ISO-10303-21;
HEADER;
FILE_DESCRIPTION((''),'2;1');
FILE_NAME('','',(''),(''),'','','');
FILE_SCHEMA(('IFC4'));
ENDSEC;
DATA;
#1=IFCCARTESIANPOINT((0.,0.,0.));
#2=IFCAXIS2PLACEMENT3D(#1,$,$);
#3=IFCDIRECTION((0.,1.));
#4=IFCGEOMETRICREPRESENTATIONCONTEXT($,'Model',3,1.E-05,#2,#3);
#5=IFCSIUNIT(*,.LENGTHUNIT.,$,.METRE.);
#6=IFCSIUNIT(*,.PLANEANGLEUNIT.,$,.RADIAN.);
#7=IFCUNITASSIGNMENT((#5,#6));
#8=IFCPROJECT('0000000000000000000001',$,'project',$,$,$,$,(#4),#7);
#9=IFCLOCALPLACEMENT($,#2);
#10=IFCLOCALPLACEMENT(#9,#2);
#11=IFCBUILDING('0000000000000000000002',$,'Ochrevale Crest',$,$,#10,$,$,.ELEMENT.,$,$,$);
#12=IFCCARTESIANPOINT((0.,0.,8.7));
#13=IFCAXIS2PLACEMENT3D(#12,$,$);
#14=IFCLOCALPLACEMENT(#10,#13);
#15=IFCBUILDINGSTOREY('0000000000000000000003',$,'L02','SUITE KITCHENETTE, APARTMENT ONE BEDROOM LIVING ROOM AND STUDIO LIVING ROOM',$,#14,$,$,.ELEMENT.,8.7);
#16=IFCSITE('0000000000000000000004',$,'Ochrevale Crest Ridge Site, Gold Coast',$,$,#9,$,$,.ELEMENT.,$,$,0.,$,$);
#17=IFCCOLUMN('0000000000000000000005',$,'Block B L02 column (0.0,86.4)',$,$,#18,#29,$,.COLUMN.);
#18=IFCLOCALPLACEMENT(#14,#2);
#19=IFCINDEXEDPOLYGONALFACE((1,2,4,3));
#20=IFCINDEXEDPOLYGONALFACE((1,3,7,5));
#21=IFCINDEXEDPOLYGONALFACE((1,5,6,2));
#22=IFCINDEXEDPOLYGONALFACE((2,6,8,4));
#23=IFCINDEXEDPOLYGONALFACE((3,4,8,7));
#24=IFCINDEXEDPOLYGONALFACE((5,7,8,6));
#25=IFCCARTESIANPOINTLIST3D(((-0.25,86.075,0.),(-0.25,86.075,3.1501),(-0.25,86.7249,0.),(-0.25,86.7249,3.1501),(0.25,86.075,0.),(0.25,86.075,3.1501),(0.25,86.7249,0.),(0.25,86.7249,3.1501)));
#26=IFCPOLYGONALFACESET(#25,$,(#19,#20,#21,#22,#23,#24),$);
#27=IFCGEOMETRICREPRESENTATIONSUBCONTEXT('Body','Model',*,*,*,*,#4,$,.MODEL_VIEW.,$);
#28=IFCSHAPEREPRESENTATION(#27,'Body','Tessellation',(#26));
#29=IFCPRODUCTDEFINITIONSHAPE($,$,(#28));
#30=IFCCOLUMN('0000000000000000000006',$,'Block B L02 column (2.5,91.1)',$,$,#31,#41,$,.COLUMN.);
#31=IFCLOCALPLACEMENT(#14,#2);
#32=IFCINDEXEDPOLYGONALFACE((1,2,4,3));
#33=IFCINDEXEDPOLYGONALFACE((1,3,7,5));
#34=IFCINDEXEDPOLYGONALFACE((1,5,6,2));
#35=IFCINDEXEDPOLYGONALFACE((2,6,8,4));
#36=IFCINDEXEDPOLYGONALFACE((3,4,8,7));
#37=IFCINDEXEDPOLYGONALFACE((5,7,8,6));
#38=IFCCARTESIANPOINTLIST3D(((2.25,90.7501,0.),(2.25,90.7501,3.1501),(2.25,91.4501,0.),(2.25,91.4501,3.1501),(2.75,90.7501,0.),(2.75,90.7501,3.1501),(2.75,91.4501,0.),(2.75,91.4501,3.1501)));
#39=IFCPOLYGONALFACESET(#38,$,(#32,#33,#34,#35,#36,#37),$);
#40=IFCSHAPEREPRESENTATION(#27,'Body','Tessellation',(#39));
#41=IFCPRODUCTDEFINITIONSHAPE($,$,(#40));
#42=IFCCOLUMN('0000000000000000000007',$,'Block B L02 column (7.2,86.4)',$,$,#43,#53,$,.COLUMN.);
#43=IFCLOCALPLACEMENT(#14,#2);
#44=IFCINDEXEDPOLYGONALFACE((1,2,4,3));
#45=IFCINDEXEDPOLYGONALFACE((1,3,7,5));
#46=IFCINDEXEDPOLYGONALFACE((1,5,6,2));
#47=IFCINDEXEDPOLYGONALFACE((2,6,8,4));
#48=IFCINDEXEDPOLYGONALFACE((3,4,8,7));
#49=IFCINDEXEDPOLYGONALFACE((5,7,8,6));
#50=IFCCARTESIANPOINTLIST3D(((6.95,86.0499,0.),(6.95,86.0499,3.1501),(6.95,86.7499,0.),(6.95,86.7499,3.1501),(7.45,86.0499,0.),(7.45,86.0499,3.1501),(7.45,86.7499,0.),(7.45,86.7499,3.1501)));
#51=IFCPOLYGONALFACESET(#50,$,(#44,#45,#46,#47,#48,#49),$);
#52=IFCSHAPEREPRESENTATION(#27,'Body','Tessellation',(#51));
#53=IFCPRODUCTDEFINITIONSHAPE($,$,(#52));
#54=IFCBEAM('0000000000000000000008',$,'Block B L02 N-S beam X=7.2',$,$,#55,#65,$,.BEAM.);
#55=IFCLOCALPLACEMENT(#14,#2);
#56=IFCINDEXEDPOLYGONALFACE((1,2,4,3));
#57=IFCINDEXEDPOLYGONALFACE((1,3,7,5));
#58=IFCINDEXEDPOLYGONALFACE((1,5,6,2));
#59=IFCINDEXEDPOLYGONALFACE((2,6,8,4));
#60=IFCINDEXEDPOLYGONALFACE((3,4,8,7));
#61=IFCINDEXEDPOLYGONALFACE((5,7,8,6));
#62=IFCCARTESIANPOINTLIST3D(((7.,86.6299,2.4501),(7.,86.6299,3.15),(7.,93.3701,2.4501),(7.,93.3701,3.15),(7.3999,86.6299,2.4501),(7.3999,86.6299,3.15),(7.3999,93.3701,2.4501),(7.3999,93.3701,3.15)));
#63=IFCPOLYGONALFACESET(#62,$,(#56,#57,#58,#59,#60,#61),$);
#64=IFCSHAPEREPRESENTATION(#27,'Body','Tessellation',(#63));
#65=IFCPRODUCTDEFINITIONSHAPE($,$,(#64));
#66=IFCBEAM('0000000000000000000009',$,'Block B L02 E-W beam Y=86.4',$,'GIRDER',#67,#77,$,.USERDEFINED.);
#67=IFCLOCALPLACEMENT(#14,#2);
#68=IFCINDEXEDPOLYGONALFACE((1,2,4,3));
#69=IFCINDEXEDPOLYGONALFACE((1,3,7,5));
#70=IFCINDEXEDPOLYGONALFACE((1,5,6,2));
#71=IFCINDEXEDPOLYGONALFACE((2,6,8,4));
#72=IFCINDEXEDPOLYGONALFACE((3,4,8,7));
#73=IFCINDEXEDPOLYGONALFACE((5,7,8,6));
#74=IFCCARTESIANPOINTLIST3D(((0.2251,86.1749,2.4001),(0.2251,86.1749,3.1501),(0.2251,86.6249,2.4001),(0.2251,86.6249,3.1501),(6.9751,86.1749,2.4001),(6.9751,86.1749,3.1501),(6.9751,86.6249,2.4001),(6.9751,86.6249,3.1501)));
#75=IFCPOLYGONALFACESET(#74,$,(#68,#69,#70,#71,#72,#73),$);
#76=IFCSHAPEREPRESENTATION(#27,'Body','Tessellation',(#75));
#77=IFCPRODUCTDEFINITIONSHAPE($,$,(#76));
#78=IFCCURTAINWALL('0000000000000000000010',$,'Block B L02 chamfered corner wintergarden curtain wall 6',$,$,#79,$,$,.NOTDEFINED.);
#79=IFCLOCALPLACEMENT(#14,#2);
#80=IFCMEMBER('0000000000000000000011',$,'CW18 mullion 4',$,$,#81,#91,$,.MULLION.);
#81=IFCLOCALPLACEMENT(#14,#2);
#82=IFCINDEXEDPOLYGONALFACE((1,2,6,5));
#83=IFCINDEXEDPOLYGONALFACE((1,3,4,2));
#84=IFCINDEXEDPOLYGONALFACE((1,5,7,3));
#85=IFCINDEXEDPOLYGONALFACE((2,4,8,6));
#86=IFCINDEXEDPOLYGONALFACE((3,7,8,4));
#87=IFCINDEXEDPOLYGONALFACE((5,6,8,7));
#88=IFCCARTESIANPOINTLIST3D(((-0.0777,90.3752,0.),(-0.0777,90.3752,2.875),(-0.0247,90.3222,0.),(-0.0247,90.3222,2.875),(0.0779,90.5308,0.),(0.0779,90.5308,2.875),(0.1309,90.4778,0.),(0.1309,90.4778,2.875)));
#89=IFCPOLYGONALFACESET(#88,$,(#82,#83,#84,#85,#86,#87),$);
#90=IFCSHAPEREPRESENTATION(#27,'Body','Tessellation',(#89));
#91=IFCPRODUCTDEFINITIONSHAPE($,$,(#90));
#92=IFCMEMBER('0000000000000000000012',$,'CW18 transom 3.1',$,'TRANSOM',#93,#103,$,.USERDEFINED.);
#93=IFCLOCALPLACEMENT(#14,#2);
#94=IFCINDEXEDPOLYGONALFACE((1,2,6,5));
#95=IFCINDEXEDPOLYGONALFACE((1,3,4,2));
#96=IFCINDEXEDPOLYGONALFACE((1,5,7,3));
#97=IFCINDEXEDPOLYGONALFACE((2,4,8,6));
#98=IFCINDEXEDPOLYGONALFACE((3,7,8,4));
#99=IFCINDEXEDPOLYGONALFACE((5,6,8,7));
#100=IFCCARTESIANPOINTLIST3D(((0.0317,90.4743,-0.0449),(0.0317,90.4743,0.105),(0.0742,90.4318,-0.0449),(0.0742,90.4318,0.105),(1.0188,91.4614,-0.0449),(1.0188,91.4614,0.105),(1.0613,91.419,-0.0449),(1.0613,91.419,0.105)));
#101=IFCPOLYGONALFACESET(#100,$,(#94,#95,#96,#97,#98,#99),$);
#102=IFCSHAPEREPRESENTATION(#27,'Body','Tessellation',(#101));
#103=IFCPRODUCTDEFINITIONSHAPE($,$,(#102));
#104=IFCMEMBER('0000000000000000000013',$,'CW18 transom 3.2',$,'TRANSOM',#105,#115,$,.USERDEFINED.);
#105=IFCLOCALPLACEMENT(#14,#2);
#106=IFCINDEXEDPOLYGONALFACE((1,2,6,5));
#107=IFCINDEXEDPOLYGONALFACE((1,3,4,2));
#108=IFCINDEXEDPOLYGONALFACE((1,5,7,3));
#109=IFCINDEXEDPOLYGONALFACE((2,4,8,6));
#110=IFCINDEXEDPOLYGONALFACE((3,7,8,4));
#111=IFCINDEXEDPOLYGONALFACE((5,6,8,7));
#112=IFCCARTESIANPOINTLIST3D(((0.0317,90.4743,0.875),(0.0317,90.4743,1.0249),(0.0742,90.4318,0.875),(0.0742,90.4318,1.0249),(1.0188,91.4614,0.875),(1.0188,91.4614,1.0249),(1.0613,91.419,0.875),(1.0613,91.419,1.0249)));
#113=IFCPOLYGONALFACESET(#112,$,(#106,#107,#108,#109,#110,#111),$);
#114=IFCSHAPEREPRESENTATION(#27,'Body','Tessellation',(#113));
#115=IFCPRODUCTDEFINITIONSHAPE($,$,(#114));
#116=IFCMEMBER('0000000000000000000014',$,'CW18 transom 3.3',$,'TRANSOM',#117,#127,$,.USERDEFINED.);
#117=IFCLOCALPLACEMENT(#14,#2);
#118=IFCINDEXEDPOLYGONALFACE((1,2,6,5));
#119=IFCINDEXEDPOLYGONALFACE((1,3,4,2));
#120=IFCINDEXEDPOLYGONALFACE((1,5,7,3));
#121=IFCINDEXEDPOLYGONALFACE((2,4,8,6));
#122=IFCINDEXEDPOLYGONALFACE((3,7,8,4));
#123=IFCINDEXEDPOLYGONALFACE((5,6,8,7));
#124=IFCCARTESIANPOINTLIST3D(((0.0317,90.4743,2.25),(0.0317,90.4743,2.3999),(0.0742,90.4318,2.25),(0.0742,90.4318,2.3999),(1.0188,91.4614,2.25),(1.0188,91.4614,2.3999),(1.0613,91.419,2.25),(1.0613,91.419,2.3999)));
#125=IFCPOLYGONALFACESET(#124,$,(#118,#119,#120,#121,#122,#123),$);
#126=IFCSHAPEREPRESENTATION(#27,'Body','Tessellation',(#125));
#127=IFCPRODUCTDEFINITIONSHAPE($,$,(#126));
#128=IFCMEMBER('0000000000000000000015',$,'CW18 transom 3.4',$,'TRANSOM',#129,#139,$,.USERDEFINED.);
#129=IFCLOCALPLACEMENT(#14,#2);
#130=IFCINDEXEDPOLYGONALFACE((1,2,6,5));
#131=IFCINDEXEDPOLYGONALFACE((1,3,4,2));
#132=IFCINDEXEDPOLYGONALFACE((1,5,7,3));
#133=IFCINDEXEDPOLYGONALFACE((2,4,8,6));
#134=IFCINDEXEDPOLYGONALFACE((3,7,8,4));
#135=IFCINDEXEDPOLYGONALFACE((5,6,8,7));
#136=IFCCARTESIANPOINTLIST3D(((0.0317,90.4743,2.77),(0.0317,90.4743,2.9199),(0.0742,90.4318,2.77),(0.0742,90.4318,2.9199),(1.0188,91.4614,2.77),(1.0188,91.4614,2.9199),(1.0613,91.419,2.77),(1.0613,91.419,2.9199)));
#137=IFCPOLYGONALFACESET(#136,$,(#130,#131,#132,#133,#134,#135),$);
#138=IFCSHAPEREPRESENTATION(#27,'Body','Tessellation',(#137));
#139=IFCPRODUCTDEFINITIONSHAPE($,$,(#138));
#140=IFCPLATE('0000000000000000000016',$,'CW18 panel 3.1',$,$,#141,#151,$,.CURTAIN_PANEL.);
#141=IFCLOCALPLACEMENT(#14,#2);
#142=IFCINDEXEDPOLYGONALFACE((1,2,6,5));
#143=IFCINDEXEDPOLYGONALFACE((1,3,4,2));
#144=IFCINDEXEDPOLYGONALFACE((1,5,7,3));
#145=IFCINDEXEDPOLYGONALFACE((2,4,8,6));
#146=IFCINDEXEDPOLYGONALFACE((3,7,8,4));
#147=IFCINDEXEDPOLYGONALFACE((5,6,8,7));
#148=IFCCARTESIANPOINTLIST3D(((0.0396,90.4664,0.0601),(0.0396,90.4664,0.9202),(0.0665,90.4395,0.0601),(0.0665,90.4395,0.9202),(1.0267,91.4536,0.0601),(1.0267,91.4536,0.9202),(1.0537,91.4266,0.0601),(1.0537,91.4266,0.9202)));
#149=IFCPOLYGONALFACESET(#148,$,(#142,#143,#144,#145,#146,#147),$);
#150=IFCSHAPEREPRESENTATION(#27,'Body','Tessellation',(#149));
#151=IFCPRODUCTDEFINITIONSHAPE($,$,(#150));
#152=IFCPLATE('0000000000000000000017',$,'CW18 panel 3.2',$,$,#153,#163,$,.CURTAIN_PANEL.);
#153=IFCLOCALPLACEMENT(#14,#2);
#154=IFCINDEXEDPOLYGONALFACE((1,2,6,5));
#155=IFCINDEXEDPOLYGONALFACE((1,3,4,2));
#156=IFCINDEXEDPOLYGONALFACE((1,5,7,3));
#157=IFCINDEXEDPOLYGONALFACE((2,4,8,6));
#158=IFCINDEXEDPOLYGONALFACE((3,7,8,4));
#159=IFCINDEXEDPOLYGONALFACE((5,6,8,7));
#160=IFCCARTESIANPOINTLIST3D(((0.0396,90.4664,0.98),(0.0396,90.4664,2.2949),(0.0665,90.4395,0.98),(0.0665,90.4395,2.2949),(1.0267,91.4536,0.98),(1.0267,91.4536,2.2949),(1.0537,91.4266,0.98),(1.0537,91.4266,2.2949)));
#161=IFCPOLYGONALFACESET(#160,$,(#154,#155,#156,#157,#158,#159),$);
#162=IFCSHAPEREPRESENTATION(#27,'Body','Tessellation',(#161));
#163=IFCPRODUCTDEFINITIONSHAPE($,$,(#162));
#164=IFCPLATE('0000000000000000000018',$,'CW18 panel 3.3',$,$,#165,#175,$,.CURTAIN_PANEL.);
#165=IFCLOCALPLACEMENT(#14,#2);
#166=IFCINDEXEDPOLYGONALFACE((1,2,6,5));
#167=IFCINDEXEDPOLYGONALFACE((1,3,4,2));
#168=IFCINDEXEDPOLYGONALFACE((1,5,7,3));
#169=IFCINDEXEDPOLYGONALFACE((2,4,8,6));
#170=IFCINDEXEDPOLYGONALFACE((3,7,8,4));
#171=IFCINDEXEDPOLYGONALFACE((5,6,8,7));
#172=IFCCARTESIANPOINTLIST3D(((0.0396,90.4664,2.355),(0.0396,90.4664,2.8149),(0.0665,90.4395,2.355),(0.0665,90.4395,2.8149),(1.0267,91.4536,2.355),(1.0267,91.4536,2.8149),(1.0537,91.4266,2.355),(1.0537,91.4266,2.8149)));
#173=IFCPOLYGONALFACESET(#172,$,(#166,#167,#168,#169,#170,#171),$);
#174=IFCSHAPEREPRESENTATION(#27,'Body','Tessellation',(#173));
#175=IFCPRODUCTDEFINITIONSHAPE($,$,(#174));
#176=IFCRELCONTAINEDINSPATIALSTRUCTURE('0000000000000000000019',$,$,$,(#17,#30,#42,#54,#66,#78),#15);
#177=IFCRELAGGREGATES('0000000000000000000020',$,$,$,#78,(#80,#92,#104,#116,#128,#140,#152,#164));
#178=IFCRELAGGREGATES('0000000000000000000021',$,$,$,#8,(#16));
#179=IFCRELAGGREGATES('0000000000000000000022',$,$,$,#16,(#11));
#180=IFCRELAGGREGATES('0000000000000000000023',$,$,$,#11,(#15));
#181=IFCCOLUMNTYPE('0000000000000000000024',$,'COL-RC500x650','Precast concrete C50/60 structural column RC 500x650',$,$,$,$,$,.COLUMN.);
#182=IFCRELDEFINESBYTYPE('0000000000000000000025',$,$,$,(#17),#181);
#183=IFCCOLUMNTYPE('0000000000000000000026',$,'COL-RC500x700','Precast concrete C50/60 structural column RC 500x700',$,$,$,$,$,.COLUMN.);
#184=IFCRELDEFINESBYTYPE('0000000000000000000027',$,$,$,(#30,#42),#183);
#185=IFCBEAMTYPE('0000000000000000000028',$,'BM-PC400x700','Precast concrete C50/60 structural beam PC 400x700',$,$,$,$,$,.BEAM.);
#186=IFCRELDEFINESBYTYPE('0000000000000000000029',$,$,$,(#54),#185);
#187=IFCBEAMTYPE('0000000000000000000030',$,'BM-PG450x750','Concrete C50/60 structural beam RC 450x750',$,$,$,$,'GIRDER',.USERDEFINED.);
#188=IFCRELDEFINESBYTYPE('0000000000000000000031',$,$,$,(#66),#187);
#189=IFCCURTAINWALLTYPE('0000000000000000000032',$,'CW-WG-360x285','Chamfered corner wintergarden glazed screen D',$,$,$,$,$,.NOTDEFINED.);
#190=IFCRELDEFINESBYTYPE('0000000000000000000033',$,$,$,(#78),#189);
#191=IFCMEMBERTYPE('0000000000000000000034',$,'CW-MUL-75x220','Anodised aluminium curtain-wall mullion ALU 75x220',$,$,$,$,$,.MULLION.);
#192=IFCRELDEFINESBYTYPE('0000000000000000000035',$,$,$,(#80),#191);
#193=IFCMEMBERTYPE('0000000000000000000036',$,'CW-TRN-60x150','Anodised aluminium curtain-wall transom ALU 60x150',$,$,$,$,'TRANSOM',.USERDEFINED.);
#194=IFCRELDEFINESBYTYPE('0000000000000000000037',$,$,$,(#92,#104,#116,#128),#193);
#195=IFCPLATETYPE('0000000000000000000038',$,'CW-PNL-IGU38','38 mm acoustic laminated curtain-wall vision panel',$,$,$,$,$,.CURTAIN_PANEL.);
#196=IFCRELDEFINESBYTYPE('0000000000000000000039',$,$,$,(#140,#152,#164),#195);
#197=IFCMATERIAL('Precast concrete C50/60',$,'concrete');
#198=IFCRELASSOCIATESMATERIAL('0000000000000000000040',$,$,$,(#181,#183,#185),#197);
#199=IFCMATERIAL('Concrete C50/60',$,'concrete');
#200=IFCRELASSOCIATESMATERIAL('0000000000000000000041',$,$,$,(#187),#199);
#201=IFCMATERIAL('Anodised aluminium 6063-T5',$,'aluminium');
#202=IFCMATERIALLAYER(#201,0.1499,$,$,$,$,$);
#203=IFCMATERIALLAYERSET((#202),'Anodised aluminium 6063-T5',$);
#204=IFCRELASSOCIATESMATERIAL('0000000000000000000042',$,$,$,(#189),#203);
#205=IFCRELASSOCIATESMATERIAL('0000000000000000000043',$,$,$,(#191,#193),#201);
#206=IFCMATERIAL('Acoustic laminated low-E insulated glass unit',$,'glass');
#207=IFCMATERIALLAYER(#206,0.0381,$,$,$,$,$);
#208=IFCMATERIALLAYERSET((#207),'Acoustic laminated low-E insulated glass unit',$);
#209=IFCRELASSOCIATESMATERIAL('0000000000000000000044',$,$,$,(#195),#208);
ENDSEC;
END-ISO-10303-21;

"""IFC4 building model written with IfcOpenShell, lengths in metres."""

from ifc_helpers import new_model, si_unit, direction, frame, origin, origin_2d, place, context, subcontext, project, spatial, rectangle, extrude, material, layer, layer_set, material_profile, profile_set, type_object, element, aggregate, save


model = new_model("IFC4")

# Units and contexts
model_context = context("Model", 3, precision=1e-05, world=origin(), true_north=direction((0.0, 1.0)))
body_context = subcontext(model_context, "Body", "Model", "MODEL_VIEW")
ifc_project = project(units=[si_unit("LENGTHUNIT", "METRE"), si_unit("PLANEANGLEUNIT", "RADIAN")], contexts=[model_context])

# Site, building, storey
site_placement = place(None, origin())
site = spatial("IfcSite", under=ifc_project, at=site_placement, Name="Ochrevale Crest Ridge Site, Gold Coast", CompositionType="ELEMENT", RefElevation=0.0)
building_placement = place(site_placement, origin())
building = spatial("IfcBuilding", under=site, at=building_placement, Name="Ochrevale Crest", CompositionType="ELEMENT")
storey_placement = place(building_placement, frame((0.0, 0.0, 8.7)))
storey = spatial("IfcBuildingStorey", under=building, at=storey_placement, Name="L02", Description="SUITE KITCHENETTE, APARTMENT ONE BEDROOM LIVING ROOM AND STUDIO LIVING ROOM", CompositionType="ELEMENT", Elevation=8.7)

# Columns
ifc_material_1 = material(Name="Precast concrete C50/60", Category="concrete")
ifc_material_profile_1 = material_profile(ifc_material_1, rectangle(XDim=0.5, YDim=0.6499, at=origin_2d()), Name="RC 500x650")
ifc_profile_set_1 = profile_set([ifc_material_profile_1], Name="Precast concrete C50/60")
column_type_1 = type_object("IfcColumnType", Name="COL-RC500x650", Description="Precast concrete C50/60 structural column RC 500x650", PredefinedType="COLUMN", material=ifc_profile_set_1)
column_placement = place(storey_placement, frame((0.0, 86.3999, 0.0), z_axis=(0.0, 0.0, 1.0), x_axis=(1.0, 0.0, 0.0)))
element("IfcColumn", 1, at=column_placement, inside=storey, type_object=column_type_1, Name="Block B L02 column (0.0,86.4)", PredefinedType="COLUMN", context=body_context, shape_type="SweptSolid", body=[
    extrude(rectangle(XDim=0.5, YDim=0.6499, at=origin_2d()), origin(), (0.0, 0.0, 1.0), 3.1501),
])
ifc_material_profile_2 = material_profile(ifc_material_1, rectangle(XDim=0.5, YDim=0.7, at=origin_2d()), Name="RC 500x700")
ifc_profile_set_2 = profile_set([ifc_material_profile_2], Name="Precast concrete C50/60")
column_type_2 = type_object("IfcColumnType", Name="COL-RC500x700", Description="Precast concrete C50/60 structural column RC 500x700", PredefinedType="COLUMN", material=ifc_profile_set_2)
for number, where, z_axis, x_axis, name in (
    (2, (2.5, 91.1001, 0.0), (0.0, 0.0, 1.0), (1.0, 0.0, 0.0), "Block B L02 column (2.5,91.1)"),
    (3, (7.2, 86.3999, 0.0), (0.0, 0.0, 1.0), (1.0, 0.0, 0.0), "Block B L02 column (7.2,86.4)"),
):
    element("IfcColumn", number, at=place(storey_placement, frame(where, z_axis=z_axis, x_axis=x_axis)), inside=storey, type_object=column_type_2, Name=name, PredefinedType="COLUMN", context=body_context, shape_type="SweptSolid", body=[
        extrude(rectangle(XDim=0.5, YDim=0.7, at=origin_2d()), origin(), (0.0, 0.0, 1.0), 3.1501),
    ])

# Beams
ifc_material_profile_3 = material_profile(ifc_material_1, rectangle(XDim=0.3999, YDim=0.7, at=origin_2d()), Name="PC 400x700")
ifc_profile_set_3 = profile_set([ifc_material_profile_3], Name="Precast concrete C50/60")
beam_type_1 = type_object("IfcBeamType", Name="BM-PC400x700", Description="Precast concrete C50/60 structural beam PC 400x700", PredefinedType="BEAM", material=ifc_profile_set_3)
beam_1_placement = place(storey_placement, frame((7.2, 86.6299, 2.8), z_axis=(0.0, 1.0, 0.0), x_axis=(-1.0, 0.0, 0.0)))
element("IfcBeam", 4, at=beam_1_placement, inside=storey, type_object=beam_type_1, Name="Block B L02 N-S beam X=7.2", PredefinedType="BEAM", context=body_context, shape_type="SweptSolid", body=[
    extrude(rectangle(XDim=0.3999, YDim=0.7, at=origin_2d()), origin(), (0.0, 0.0, 1.0), 6.7402),
])
ifc_material_2 = material(Name="Concrete C50/60", Category="concrete")
ifc_material_profile_4 = material_profile(ifc_material_2, rectangle(XDim=0.45, YDim=0.75, at=origin_2d()), Name="RC 450x750")
ifc_profile_set_4 = profile_set([ifc_material_profile_4], Name="Concrete C50/60")
beam_type_2 = type_object("IfcBeamType", Name="BM-PG450x750", Description="Concrete C50/60 structural beam RC 450x750", ElementType="GIRDER", PredefinedType="USERDEFINED", material=ifc_profile_set_4)
beam_2_placement = place(storey_placement, frame((0.2251, 86.3999, 2.7751), z_axis=(1.0, 0.0, 0.0), x_axis=(0.0, 1.0, 0.0)))
element("IfcBeam", 5, at=beam_2_placement, inside=storey, type_object=beam_type_2, Name="Block B L02 E-W beam Y=86.4", ObjectType="GIRDER", PredefinedType="USERDEFINED", context=body_context, shape_type="SweptSolid", body=[
    extrude(rectangle(XDim=0.45, YDim=0.75, at=origin_2d()), origin(), (0.0, 0.0, 1.0), 6.75),
])

# Curtain wall, members, plates
ifc_material_3 = material(Name="Anodised aluminium 6063-T5", Category="aluminium")
ifc_layer_1 = layer(ifc_material_3, 0.1499)
ifc_layer_set_1 = layer_set([ifc_layer_1], Name="Anodised aluminium 6063-T5")
curtain_wall_type = type_object("IfcCurtainWallType", Name="CW-WG-360x285", Description="Chamfered corner wintergarden glazed screen D", PredefinedType="NOTDEFINED", material=ifc_layer_set_1)
curtain_wall_placement = place(storey_placement, origin())
curtain_wall = element("IfcCurtainWall", 6, at=curtain_wall_placement, inside=storey, type_object=curtain_wall_type, Name="Block B L02 chamfered corner wintergarden curtain wall 6", PredefinedType="NOTDEFINED")
ifc_material_profile_5 = material_profile(ifc_material_3, rectangle(XDim=0.075, YDim=0.22, at=origin_2d()), Name="ALU 75x220")
ifc_profile_set_5 = profile_set([ifc_material_profile_5], Name="Anodised aluminium 6063-T5")
member_type_1 = type_object("IfcMemberType", Name="CW-MUL-75x220", Description="Anodised aluminium curtain-wall mullion ALU 75x220", PredefinedType="MULLION", material=ifc_profile_set_5)
member_1_placement = place(storey_placement, frame((0.0266, 90.4265, 0.0), z_axis=(0.0, 0.0, 1.0), x_axis=(0.707107, -0.707107, 0.0)))
member_1 = element("IfcMember", 7, at=member_1_placement, type_object=member_type_1, Name="CW18 mullion 4", PredefinedType="MULLION", context=body_context, shape_type="SweptSolid", body=[
    extrude(rectangle(XDim=0.075, YDim=0.22, at=origin_2d()), origin(), (0.0, 0.0, 1.0), 2.875),
])
ifc_material_profile_6 = material_profile(ifc_material_3, rectangle(XDim=0.0601, YDim=0.1499, at=origin_2d()), Name="ALU 60x150")
ifc_profile_set_6 = profile_set([ifc_material_profile_6], Name="Anodised aluminium 6063-T5")
member_type_2 = type_object("IfcMemberType", Name="CW-TRN-60x150", Description="Anodised aluminium curtain-wall transom ALU 60x150", ElementType="TRANSOM", PredefinedType="USERDEFINED", material=ifc_profile_set_6)
member_2_placement = place(storey_placement, frame((1.04, 91.4402, 0.03), z_axis=(-0.707107, -0.707107, 0.0), x_axis=(0.707107, -0.707107, 0.0)))
member_2 = element("IfcMember", 8, at=member_2_placement, type_object=member_type_2, Name="CW18 transom 3.1", ObjectType="TRANSOM", PredefinedType="USERDEFINED", context=body_context, shape_type="SweptSolid", body=[
    extrude(rectangle(XDim=0.0601, YDim=0.1499, at=origin_2d()), origin(), (0.0, 0.0, 1.0), 1.396),
])
member_3_placement = place(storey_placement, frame((1.04, 91.4402, 0.95), z_axis=(-0.707107, -0.707107, 0.0), x_axis=(0.707107, -0.707107, 0.0)))
member_3 = element("IfcMember", 9, at=member_3_placement, type_object=member_type_2, Name="CW18 transom 3.2", ObjectType="TRANSOM", PredefinedType="USERDEFINED", context=body_context, shape_type="SweptSolid", body=[
    extrude(rectangle(XDim=0.0601, YDim=0.1499, at=origin_2d()), origin(), (0.0, 0.0, 1.0), 1.396),
])
member_4_placement = place(storey_placement, frame((1.04, 91.4402, 2.325), z_axis=(-0.707107, -0.707107, 0.0), x_axis=(0.707107, -0.707107, 0.0)))
member_4 = element("IfcMember", 10, at=member_4_placement, type_object=member_type_2, Name="CW18 transom 3.3", ObjectType="TRANSOM", PredefinedType="USERDEFINED", context=body_context, shape_type="SweptSolid", body=[
    extrude(rectangle(XDim=0.0601, YDim=0.1499, at=origin_2d()), origin(), (0.0, 0.0, 1.0), 1.396),
])
member_5_placement = place(storey_placement, frame((1.04, 91.4402, 2.845), z_axis=(-0.707107, -0.707107, 0.0), x_axis=(0.707107, -0.707107, 0.0)))
member_5 = element("IfcMember", 11, at=member_5_placement, type_object=member_type_2, Name="CW18 transom 3.4", ObjectType="TRANSOM", PredefinedType="USERDEFINED", context=body_context, shape_type="SweptSolid", body=[
    extrude(rectangle(XDim=0.0601, YDim=0.1499, at=origin_2d()), origin(), (0.0, 0.0, 1.0), 1.396),
])
ifc_material_4 = material(Name="Acoustic laminated low-E insulated glass unit", Category="glass")
ifc_layer_2 = layer(ifc_material_4, 0.0381)
ifc_layer_set_2 = layer_set([ifc_layer_2], Name="Acoustic laminated low-E insulated glass unit")
plate_type = type_object("IfcPlateType", Name="CW-PNL-IGU38", Description="38 mm acoustic laminated curtain-wall vision panel", PredefinedType="CURTAIN_PANEL", material=ifc_layer_set_2)
plate_1_placement = place(storey_placement, frame((0.5466, 90.9465, 0.0601), z_axis=(0.0, 0.0, 1.0), x_axis=(-0.707107, -0.707107, 0.0)))
plate_1 = element("IfcPlate", 12, at=plate_1_placement, type_object=plate_type, Name="CW18 panel 3.1", PredefinedType="CURTAIN_PANEL", context=body_context, shape_type="SweptSolid", body=[
    extrude(rectangle(XDim=1.396, YDim=0.0381, at=origin_2d()), origin(), (0.0, 0.0, 1.0), 0.8601),
])
plate_2_placement = place(storey_placement, frame((0.5466, 90.9465, 0.98), z_axis=(0.0, 0.0, 1.0), x_axis=(-0.707107, -0.707107, 0.0)))
plate_2 = element("IfcPlate", 13, at=plate_2_placement, type_object=plate_type, Name="CW18 panel 3.2", PredefinedType="CURTAIN_PANEL", context=body_context, shape_type="SweptSolid", body=[
    extrude(rectangle(XDim=1.396, YDim=0.0381, at=origin_2d()), origin(), (0.0, 0.0, 1.0), 1.3149),
])
plate_3_placement = place(storey_placement, frame((0.5466, 90.9465, 2.355), z_axis=(0.0, 0.0, 1.0), x_axis=(-0.707107, -0.707107, 0.0)))
plate_3 = element("IfcPlate", 14, at=plate_3_placement, type_object=plate_type, Name="CW18 panel 3.3", PredefinedType="CURTAIN_PANEL", context=body_context, shape_type="SweptSolid", body=[
    extrude(rectangle(XDim=1.396, YDim=0.0381, at=origin_2d()), origin(), (0.0, 0.0, 1.0), 0.46),
])
aggregate(curtain_wall, [member_1, member_2, member_3, member_4, member_5, plate_1, plate_2, plate_3])

save(model, "model.ifc")
